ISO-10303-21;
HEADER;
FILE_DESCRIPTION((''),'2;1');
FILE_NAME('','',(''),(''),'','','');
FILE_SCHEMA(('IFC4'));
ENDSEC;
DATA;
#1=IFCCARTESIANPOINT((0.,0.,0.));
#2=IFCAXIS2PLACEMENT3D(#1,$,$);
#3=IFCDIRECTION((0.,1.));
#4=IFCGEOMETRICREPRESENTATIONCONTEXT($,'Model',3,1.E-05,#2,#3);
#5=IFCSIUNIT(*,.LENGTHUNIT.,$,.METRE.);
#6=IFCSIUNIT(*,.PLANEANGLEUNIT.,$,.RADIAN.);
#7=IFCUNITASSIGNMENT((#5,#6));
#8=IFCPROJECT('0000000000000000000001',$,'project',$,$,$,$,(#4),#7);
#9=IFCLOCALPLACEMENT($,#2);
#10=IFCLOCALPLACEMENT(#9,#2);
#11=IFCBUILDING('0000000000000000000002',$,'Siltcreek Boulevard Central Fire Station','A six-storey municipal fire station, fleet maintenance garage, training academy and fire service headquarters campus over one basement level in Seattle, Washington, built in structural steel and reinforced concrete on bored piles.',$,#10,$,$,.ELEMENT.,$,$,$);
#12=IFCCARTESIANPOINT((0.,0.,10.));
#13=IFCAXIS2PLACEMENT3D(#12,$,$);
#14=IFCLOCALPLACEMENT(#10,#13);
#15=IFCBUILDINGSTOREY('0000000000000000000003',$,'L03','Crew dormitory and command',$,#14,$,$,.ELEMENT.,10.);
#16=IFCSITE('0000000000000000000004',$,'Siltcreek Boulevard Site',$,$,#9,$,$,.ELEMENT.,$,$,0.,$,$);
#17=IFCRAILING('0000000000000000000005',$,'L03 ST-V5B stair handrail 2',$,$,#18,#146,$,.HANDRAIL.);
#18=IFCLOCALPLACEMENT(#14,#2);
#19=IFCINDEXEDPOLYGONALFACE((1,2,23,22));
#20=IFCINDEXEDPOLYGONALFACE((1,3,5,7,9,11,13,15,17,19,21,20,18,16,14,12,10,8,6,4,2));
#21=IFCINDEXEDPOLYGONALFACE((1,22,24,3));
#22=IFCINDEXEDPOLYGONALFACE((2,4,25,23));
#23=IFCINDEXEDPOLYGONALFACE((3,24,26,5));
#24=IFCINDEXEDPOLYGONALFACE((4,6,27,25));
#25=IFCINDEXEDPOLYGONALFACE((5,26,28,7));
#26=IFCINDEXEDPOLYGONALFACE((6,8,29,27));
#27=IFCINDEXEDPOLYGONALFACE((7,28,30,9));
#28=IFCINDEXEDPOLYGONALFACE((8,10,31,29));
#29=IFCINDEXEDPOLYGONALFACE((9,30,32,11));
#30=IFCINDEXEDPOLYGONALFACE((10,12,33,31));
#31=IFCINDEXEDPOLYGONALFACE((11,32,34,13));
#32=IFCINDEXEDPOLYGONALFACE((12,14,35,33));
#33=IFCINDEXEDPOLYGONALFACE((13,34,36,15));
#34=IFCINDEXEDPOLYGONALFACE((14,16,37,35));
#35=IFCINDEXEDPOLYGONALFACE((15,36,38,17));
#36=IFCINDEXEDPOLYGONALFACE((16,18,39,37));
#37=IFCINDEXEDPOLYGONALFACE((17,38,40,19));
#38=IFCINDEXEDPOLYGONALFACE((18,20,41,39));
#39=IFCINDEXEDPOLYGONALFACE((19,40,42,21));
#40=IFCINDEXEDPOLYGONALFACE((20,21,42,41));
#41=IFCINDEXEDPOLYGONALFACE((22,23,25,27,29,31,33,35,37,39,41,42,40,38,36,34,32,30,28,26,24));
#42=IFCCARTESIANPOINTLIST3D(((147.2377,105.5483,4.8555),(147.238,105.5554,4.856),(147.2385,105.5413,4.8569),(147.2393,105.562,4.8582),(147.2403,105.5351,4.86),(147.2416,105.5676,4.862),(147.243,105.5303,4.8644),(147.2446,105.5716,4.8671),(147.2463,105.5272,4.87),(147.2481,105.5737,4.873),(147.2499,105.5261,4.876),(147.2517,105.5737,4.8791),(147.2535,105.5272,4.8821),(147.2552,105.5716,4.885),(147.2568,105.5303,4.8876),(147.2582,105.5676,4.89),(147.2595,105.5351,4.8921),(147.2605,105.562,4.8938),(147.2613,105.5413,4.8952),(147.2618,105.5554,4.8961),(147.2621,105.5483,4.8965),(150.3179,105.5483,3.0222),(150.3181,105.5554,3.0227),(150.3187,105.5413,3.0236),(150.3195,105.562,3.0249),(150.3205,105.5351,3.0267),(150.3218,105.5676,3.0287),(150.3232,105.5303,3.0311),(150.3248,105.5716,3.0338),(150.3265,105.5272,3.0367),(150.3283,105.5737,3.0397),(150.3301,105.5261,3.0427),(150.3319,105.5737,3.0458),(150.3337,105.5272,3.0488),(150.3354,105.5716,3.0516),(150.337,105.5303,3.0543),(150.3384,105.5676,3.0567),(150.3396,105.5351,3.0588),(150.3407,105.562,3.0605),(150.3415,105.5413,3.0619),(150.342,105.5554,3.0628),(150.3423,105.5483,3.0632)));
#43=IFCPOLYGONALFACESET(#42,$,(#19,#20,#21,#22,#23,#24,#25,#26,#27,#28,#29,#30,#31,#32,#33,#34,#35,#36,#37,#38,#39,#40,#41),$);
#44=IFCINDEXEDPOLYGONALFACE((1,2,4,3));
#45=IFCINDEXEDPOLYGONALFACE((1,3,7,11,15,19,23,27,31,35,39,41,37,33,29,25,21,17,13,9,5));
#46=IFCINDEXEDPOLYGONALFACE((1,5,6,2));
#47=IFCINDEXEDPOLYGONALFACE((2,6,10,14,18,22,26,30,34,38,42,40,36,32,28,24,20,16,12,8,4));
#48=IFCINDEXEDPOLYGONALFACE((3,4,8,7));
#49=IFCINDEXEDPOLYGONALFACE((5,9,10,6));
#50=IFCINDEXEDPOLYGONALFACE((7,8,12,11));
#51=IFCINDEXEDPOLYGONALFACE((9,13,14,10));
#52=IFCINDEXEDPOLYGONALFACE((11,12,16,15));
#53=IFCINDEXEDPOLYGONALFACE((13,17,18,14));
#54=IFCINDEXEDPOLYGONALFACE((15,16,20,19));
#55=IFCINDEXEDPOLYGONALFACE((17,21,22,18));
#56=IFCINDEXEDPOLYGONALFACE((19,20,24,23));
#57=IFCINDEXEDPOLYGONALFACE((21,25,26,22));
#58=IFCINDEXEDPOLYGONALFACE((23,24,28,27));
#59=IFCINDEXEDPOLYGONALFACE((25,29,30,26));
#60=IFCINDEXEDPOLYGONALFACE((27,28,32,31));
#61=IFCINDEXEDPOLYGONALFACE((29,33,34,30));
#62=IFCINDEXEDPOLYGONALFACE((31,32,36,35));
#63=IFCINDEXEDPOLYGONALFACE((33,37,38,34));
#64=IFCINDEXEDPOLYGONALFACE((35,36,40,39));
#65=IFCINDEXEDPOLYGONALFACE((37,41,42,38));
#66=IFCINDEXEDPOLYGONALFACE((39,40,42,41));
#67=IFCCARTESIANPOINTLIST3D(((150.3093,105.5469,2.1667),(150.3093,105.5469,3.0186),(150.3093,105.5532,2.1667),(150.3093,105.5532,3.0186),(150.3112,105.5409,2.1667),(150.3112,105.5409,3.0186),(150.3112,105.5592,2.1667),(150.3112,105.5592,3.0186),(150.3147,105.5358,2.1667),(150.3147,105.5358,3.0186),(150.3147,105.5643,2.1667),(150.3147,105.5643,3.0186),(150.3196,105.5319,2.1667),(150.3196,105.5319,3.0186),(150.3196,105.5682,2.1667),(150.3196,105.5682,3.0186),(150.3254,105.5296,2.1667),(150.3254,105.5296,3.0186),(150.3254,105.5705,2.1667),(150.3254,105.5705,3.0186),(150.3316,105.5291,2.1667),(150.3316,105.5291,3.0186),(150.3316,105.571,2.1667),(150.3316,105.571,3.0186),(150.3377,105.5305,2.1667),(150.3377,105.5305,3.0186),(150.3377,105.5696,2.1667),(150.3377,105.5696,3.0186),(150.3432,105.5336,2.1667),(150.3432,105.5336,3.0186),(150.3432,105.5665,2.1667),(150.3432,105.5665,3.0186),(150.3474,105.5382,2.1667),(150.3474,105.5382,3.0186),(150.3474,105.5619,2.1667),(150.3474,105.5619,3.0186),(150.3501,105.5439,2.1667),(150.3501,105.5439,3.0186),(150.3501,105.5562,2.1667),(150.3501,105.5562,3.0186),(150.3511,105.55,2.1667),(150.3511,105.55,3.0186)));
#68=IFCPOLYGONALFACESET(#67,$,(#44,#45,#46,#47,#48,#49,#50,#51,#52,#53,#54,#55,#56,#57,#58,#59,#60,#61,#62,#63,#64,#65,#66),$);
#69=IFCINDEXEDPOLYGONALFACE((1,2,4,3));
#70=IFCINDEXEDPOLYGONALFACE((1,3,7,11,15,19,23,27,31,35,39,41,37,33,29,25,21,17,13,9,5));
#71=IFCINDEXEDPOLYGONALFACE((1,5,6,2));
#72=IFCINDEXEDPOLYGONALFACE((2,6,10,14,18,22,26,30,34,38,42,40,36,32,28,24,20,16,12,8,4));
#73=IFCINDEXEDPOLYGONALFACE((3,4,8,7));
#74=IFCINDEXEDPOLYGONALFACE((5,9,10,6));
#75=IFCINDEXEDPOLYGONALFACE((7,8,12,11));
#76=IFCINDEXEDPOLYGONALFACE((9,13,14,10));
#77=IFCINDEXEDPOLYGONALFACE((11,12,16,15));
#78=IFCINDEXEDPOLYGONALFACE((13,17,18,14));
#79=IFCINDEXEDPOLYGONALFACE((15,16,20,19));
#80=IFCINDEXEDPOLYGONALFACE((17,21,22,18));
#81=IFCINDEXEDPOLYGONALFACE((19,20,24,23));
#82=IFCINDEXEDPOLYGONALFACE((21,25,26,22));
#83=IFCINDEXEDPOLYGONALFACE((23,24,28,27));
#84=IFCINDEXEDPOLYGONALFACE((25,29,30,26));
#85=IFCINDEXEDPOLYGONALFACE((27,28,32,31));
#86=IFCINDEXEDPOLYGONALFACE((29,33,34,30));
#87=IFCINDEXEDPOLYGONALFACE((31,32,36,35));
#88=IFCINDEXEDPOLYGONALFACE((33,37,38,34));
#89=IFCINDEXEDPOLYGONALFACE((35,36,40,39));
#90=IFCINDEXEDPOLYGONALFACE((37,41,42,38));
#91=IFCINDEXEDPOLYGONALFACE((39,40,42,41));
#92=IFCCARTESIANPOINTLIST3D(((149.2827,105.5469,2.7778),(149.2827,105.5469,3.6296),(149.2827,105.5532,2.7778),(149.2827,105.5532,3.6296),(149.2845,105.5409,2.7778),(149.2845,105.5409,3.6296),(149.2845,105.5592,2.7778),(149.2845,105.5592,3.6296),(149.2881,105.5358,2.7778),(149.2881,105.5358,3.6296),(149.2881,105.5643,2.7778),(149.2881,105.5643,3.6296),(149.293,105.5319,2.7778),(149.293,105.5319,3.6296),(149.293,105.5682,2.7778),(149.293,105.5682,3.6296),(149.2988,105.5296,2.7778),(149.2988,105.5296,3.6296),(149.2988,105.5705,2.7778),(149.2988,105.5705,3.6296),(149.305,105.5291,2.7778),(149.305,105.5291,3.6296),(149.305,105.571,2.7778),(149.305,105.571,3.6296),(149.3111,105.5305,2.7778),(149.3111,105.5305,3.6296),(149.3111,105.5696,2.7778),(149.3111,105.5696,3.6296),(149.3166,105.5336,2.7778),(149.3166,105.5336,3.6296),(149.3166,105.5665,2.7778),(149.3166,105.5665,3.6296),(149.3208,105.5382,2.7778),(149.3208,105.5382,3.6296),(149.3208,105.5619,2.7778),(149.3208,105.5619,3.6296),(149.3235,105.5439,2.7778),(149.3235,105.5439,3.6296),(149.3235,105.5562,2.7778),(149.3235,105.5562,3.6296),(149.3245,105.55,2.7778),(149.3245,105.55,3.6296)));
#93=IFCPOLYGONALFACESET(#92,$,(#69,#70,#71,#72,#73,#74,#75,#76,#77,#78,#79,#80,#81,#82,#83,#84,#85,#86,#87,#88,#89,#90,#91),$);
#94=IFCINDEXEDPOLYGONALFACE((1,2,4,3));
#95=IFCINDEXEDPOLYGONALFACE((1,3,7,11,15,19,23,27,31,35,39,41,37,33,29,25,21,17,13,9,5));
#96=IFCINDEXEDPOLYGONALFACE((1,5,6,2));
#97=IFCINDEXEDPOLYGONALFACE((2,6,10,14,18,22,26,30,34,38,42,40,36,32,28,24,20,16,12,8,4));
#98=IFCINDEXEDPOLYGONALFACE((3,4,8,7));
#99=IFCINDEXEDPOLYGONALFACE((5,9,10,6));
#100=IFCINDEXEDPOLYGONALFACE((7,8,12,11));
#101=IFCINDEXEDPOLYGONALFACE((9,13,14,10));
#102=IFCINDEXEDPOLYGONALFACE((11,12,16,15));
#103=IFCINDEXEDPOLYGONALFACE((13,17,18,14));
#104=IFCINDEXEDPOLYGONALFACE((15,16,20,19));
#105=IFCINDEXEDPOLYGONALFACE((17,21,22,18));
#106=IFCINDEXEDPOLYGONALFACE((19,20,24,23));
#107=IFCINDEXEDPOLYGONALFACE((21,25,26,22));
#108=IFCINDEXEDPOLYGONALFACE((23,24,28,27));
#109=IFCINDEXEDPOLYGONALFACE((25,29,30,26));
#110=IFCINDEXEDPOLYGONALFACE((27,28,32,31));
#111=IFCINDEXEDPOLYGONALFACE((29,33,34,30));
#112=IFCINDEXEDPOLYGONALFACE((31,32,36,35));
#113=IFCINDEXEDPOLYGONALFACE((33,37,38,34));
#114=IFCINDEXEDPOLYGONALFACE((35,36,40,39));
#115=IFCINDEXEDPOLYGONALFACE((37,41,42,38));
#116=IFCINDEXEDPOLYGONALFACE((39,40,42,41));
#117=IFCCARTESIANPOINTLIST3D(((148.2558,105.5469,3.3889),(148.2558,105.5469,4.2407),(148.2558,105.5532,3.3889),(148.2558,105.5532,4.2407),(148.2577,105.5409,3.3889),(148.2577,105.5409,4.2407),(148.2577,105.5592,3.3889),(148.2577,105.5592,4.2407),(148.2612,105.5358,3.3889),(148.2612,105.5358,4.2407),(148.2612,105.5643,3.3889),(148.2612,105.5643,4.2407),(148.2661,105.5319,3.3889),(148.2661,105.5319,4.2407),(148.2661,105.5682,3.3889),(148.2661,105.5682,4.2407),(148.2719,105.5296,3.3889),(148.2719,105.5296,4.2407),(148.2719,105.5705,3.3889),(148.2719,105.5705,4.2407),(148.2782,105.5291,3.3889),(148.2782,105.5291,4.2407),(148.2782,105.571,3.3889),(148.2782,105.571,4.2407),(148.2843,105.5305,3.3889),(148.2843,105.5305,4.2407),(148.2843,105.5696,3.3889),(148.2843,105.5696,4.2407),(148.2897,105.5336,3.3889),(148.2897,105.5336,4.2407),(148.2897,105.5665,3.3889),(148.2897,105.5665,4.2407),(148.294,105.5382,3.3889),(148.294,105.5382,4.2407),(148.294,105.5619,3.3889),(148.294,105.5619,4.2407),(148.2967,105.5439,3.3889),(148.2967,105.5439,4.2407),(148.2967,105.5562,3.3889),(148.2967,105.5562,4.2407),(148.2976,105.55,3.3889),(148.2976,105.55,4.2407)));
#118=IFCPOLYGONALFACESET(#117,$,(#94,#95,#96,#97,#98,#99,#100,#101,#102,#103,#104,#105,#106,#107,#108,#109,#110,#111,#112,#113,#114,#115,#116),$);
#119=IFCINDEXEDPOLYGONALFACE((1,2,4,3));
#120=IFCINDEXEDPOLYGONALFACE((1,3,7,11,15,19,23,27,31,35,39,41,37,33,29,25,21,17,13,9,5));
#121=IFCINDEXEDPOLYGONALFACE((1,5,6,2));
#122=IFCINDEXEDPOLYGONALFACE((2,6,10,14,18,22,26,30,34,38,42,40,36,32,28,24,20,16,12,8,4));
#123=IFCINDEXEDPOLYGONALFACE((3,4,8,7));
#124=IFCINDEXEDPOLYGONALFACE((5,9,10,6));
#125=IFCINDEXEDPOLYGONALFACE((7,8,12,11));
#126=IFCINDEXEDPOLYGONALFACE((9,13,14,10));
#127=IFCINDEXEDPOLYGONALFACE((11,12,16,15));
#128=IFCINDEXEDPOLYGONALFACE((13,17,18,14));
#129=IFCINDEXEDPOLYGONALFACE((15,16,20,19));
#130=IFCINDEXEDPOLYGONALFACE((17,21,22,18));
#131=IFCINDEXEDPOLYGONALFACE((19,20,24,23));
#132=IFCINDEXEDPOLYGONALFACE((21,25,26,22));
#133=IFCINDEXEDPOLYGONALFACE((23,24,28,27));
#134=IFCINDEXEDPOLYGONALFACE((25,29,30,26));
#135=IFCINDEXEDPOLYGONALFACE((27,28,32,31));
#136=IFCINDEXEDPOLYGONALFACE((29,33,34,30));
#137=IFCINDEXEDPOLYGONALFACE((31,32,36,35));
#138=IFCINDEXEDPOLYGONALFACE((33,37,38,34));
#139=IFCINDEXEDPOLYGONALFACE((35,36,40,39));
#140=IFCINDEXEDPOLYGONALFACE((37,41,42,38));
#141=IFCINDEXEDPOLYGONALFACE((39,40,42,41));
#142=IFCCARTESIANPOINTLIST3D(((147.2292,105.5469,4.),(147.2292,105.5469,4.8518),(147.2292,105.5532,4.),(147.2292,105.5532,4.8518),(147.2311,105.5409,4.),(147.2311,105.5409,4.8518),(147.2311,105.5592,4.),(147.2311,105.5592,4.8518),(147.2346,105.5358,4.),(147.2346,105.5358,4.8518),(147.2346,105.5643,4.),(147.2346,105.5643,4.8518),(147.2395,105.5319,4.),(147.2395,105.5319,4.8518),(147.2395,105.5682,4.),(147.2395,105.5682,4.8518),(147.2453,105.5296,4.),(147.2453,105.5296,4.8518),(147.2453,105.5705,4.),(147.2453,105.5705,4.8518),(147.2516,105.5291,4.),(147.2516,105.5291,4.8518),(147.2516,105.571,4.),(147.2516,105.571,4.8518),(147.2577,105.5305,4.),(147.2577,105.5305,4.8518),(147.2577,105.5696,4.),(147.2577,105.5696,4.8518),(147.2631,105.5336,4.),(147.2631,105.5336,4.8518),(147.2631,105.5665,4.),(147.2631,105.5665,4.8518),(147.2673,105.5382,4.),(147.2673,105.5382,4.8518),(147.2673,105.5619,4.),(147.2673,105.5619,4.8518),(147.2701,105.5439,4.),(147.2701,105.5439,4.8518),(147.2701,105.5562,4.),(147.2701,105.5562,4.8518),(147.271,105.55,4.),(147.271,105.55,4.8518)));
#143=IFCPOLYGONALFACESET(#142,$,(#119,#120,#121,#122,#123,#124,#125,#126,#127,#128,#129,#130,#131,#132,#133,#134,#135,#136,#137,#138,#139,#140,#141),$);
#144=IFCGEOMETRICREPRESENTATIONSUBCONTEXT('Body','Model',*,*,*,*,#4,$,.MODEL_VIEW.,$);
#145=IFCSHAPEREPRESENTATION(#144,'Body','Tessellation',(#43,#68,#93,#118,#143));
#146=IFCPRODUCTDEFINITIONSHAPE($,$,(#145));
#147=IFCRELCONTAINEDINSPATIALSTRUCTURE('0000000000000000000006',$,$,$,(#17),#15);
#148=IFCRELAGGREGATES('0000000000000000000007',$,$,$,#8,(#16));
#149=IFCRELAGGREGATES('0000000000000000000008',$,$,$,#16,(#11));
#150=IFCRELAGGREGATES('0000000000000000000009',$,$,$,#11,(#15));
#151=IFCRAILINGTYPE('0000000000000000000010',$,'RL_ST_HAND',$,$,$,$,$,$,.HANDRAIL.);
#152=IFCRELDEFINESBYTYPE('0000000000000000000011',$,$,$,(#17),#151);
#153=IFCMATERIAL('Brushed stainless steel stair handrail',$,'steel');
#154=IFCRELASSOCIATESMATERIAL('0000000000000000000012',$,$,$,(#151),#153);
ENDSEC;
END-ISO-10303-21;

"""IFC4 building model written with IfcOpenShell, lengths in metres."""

from ifc_helpers import new_model, si_unit, direction, frame, origin, origin_2d, place, context, subcontext, project, spatial, circle, extrude, material, type_object, element, save


model = new_model("IFC4")

# Units and contexts
model_context = context("Model", 3, precision=1e-05, world=origin(), true_north=direction((0.0, 1.0)))
body_context = subcontext(model_context, "Body", "Model", "MODEL_VIEW")
ifc_project = project(units=[si_unit("LENGTHUNIT", "METRE"), si_unit("PLANEANGLEUNIT", "RADIAN")], contexts=[model_context])

# Site, building, storey
site_placement = place(None, origin())
site = spatial("IfcSite", under=ifc_project, at=site_placement, Name="Siltcreek Boulevard Site", CompositionType="ELEMENT", RefElevation=0.0)
building_placement = place(site_placement, origin())
building = spatial("IfcBuilding", under=site, at=building_placement, Name="Siltcreek Boulevard Central Fire Station", Description="A six-storey municipal fire station, fleet maintenance garage, training academy and fire service headquarters campus over one basement level in Seattle, Washington, built in structural steel and reinforced concrete on bored piles.", CompositionType="ELEMENT")
storey_placement = place(building_placement, frame((0.0, 0.0, 10.0)))
storey = spatial("IfcBuildingStorey", under=building, at=storey_placement, Name="L03", Description="Crew dormitory and command", CompositionType="ELEMENT", Elevation=10.0)

# Railing
ifc_material_1 = material(Name="Brushed stainless steel stair handrail", Category="steel")
railing_type_1 = type_object("IfcRailingType", Name="RL_ST_HAND", PredefinedType="HANDRAIL", material=ifc_material_1)
railing_1_placement = place(storey_placement, frame((150.3301, 105.55, 2.1667)))
element("IfcRailing", 1, at=railing_1_placement, inside=storey, type_object=railing_type_1, Name="L03 ST-V5B stair handrail 2", PredefinedType="HANDRAIL", context=body_context, shape_type="SweptSolid", body=[
    extrude(circle(Radius=0.0239, at=origin_2d()), frame((0.0, 0.0, 0.876), z_axis=(-0.859309, 0.0, 0.511458), x_axis=(0.0, -1.0, 0.0)), (0.0, 0.0, 1.0), 3.5845),
    extrude(circle(Radius=0.021, at=origin_2d()), origin(), (0.0, 0.0, 1.0), 0.8518),
    extrude(circle(Radius=0.021, at=origin_2d()), frame((-1.0266, 0.0, 0.6111)), (0.0, 0.0, 1.0), 0.8518),
    extrude(circle(Radius=0.021, at=origin_2d()), frame((-2.0535, 0.0, 1.2222)), (0.0, 0.0, 1.0), 0.8518),
    extrude(circle(Radius=0.021, at=origin_2d()), frame((-3.0801, 0.0, 1.8333)), (0.0, 0.0, 1.0), 0.8518),
])

save(model, "model.ifc")
